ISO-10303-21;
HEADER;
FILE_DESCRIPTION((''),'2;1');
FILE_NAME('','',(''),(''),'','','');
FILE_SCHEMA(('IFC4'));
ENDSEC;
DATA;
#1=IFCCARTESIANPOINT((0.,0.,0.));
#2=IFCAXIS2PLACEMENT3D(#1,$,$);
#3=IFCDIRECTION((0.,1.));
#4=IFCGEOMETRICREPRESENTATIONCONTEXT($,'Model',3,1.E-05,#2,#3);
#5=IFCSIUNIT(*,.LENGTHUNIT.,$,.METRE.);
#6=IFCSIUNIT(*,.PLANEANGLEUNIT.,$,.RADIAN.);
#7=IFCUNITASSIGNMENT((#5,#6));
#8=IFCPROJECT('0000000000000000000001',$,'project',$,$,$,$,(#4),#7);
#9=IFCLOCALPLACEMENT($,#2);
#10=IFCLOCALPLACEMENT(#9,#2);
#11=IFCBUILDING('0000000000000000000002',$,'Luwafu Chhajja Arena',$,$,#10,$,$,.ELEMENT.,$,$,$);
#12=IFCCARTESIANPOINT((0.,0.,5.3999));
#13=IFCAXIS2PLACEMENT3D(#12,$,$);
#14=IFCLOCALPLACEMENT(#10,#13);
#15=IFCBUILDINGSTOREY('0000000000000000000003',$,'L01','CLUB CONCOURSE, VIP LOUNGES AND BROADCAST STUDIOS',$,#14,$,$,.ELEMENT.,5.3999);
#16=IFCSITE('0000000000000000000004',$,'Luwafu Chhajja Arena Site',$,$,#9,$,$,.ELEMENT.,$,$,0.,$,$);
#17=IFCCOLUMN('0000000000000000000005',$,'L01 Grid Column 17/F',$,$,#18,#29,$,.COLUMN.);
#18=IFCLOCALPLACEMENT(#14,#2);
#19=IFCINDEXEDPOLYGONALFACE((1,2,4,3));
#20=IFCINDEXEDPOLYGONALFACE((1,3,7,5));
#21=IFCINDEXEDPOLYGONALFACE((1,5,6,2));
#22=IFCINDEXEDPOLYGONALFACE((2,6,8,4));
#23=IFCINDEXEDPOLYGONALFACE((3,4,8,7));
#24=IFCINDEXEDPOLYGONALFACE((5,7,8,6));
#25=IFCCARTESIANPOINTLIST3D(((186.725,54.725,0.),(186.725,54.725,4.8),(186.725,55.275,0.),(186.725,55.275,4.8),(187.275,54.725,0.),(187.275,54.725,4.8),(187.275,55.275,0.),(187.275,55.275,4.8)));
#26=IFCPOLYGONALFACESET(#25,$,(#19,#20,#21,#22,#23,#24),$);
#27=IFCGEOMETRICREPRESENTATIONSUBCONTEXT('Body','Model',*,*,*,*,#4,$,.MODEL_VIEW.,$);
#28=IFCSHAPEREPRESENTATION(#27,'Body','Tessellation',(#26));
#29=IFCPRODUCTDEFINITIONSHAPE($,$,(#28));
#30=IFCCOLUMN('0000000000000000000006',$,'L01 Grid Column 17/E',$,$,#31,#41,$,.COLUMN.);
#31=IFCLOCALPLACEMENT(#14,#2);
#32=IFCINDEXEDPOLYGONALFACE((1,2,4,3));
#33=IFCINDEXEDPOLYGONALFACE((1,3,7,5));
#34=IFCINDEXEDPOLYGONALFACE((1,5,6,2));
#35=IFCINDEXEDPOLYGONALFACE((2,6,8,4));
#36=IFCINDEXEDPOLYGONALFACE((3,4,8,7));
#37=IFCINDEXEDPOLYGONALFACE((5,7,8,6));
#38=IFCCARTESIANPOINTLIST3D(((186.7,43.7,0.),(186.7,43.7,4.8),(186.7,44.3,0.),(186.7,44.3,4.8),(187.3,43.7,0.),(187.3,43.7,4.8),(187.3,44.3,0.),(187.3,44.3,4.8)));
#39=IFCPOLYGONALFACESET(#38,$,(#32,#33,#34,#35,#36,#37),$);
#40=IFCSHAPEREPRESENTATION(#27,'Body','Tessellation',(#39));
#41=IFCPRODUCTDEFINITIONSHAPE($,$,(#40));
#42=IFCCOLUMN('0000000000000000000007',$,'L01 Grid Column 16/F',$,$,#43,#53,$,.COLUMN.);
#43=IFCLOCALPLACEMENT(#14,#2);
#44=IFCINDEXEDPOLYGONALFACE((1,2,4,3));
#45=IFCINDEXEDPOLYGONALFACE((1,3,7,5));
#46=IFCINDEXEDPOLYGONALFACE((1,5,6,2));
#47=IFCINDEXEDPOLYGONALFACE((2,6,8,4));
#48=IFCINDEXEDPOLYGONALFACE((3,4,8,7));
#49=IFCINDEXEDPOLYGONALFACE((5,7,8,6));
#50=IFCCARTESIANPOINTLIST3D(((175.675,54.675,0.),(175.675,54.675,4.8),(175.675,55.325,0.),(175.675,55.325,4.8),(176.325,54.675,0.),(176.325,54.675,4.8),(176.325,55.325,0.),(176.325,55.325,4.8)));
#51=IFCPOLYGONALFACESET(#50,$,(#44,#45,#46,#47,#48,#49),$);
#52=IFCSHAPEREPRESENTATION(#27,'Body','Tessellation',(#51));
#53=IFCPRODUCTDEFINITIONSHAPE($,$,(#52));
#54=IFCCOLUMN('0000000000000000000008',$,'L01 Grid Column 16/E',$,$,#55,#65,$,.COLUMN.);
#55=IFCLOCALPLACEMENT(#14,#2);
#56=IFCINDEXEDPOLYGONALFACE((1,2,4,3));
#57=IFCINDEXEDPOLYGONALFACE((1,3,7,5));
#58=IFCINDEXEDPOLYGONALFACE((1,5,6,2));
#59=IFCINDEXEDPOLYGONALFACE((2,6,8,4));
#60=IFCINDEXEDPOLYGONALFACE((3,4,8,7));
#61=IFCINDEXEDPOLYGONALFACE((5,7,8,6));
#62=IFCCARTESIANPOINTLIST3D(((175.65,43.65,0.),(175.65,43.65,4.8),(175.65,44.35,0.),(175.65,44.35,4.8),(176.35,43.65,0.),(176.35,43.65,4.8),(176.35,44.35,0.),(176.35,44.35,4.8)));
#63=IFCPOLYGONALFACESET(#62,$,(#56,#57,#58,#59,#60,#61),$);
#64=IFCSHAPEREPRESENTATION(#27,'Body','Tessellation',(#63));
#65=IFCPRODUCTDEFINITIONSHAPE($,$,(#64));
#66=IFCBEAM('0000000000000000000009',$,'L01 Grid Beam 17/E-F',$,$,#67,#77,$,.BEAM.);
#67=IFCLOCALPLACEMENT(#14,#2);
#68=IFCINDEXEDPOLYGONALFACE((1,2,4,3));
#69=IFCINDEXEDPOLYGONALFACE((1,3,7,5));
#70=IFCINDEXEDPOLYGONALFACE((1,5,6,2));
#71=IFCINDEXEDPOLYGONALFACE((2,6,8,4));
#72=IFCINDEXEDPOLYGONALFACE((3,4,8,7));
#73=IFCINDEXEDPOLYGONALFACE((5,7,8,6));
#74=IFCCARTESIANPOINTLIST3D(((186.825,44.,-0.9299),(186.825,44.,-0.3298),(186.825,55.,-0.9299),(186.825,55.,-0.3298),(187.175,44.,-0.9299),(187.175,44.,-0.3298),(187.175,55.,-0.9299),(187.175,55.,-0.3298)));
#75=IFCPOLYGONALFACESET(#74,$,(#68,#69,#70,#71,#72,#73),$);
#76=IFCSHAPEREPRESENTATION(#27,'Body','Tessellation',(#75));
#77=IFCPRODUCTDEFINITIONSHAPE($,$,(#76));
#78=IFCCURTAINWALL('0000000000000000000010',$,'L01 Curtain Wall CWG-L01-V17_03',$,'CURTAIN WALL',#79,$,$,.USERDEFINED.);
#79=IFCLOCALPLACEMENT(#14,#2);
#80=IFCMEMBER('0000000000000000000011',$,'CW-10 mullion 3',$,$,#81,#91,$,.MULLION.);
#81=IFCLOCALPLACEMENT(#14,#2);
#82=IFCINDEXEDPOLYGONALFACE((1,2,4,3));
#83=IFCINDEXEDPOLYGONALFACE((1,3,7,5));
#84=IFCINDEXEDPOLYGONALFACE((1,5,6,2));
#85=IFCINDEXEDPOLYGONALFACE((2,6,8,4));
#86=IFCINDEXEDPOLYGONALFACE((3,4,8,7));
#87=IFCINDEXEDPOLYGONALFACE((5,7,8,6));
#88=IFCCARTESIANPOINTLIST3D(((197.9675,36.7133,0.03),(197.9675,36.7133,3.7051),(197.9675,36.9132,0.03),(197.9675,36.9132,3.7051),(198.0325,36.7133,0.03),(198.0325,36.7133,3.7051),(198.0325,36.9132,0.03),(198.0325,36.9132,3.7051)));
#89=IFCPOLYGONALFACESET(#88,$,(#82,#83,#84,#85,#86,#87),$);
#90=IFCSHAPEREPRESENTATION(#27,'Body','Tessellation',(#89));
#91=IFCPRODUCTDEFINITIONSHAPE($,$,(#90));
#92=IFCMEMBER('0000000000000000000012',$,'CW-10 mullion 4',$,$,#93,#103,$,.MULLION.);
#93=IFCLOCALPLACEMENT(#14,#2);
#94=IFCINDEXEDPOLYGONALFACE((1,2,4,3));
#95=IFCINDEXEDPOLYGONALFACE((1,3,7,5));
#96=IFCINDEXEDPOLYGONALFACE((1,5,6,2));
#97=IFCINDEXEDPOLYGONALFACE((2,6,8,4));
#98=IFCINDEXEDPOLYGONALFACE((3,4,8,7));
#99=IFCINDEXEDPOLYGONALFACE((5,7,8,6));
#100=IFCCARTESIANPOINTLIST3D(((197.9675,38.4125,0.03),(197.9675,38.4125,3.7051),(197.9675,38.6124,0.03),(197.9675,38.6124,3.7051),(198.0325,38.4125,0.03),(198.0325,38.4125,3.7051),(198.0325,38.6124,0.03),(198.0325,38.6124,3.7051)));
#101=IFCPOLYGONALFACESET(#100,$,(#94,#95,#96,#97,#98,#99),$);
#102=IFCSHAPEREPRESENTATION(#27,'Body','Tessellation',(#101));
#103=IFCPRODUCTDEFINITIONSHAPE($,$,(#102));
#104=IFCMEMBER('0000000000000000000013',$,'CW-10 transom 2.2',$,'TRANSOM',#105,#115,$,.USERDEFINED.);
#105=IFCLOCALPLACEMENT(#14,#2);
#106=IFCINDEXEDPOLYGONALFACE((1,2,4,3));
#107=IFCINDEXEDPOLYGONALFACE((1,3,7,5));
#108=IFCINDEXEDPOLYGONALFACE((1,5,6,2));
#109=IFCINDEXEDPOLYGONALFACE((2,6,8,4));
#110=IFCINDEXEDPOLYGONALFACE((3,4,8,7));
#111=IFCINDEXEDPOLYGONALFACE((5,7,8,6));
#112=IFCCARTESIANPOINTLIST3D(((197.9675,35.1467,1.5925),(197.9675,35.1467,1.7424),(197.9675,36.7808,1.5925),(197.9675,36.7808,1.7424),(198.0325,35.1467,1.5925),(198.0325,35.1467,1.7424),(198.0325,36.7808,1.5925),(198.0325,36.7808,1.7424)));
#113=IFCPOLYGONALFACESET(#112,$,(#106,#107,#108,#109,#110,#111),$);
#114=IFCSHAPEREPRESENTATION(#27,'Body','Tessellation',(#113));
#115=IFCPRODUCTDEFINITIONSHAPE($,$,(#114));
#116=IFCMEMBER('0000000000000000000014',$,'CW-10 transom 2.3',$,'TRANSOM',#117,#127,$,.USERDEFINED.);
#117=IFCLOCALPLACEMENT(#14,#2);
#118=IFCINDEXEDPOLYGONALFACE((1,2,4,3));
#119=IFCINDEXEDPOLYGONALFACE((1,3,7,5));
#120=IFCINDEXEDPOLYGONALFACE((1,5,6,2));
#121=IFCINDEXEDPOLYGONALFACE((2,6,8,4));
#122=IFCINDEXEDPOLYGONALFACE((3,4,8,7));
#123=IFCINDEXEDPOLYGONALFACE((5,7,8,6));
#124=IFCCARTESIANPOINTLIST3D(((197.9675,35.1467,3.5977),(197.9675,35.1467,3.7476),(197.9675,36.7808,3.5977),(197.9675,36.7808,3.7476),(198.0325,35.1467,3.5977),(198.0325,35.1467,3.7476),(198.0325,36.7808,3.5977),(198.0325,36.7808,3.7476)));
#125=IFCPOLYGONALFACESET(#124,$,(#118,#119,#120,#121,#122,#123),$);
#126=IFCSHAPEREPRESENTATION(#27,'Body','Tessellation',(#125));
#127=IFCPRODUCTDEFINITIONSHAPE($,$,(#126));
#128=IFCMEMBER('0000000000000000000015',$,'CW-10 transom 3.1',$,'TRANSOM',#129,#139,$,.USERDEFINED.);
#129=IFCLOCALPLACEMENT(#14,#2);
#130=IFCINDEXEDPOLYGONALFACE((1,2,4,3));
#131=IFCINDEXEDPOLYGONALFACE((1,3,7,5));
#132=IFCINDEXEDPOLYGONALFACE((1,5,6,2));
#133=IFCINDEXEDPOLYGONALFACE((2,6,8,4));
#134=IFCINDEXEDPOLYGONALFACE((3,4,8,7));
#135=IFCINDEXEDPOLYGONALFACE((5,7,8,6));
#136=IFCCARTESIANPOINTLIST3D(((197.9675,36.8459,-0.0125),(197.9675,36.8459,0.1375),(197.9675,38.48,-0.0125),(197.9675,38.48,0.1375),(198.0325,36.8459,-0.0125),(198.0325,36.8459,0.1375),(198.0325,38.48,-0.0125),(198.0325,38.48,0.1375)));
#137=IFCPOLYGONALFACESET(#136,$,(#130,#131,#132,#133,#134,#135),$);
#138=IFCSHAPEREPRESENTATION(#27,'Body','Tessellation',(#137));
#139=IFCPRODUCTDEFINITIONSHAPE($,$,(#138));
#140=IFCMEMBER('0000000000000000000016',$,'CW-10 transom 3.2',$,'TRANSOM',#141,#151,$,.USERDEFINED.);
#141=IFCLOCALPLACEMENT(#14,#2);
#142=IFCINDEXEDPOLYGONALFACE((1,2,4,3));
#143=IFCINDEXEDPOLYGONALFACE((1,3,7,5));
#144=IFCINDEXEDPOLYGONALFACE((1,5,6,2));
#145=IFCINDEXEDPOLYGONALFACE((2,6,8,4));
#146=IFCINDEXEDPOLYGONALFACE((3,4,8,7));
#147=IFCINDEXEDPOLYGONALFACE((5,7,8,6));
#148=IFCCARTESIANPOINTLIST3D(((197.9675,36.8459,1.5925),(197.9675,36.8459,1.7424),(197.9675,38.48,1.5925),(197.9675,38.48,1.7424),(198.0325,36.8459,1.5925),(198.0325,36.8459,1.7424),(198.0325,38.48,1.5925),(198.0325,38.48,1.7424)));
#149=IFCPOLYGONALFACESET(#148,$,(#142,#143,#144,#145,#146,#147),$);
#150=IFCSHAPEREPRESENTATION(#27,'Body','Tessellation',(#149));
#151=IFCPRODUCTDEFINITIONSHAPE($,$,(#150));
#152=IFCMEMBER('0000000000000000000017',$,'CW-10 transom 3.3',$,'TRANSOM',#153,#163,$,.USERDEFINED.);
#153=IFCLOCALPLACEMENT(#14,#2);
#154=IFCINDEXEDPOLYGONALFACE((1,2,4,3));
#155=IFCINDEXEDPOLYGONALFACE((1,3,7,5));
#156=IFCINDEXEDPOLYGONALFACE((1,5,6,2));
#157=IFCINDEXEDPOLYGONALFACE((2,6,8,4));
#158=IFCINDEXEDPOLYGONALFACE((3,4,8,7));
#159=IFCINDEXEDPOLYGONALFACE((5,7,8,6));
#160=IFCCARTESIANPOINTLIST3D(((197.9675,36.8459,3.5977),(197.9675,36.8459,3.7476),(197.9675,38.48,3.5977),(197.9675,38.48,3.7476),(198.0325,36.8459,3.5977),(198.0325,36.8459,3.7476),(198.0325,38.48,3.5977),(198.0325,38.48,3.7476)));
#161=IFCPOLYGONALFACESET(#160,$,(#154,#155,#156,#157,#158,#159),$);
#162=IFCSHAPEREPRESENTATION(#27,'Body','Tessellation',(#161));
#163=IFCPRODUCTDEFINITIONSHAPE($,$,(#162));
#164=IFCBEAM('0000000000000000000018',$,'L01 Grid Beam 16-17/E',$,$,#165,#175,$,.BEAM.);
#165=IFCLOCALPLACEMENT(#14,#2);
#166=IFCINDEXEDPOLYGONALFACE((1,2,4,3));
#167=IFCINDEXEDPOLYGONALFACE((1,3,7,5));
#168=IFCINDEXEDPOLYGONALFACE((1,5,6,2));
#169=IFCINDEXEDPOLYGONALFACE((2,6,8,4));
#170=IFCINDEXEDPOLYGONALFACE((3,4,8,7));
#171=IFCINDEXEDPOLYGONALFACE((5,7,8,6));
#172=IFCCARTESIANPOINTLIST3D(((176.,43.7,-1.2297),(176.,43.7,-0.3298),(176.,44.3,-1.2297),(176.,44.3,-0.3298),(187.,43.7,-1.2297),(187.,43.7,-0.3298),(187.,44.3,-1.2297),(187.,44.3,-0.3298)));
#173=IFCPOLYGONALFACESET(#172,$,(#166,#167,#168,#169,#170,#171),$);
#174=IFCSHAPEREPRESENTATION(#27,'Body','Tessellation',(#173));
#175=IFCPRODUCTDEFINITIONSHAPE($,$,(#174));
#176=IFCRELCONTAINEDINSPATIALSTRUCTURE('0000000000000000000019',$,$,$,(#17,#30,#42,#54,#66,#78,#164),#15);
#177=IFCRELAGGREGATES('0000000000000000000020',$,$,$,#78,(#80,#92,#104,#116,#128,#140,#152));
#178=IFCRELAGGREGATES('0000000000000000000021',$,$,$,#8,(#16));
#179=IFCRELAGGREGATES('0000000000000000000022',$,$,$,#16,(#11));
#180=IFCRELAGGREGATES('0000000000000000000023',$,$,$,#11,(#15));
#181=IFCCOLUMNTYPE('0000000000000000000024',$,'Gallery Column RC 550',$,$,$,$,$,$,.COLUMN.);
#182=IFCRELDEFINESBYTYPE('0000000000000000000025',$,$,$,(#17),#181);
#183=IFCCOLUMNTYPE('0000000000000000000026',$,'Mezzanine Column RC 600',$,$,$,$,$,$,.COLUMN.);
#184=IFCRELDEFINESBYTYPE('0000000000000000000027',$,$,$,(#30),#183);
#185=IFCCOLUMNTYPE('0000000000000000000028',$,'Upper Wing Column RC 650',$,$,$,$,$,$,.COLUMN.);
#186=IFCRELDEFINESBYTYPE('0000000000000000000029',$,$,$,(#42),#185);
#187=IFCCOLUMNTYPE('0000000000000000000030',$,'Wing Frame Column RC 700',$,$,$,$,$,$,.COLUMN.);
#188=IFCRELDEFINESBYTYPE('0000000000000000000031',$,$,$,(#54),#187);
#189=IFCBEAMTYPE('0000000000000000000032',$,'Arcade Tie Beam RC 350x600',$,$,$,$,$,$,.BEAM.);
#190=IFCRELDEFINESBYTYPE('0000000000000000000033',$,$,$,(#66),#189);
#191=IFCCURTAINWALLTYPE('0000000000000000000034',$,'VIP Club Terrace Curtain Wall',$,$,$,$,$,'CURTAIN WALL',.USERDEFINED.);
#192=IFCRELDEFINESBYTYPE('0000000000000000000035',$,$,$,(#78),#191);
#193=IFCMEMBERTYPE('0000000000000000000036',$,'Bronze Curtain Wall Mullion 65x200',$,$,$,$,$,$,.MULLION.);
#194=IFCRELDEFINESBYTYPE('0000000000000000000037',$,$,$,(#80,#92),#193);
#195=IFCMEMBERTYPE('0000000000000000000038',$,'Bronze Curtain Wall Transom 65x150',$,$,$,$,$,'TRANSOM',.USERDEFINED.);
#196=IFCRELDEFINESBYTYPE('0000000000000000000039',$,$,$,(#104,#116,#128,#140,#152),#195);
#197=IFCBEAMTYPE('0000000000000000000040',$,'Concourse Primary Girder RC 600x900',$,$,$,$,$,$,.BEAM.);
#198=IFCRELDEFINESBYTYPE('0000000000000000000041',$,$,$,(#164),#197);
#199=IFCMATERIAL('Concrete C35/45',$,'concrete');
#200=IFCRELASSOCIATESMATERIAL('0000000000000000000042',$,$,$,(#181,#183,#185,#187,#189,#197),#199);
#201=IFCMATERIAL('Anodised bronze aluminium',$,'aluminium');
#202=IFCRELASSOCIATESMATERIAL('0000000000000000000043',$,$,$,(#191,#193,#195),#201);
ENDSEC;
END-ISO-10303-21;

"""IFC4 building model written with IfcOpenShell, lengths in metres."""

from ifc_helpers import new_model, si_unit, direction, frame, origin, origin_2d, place, context, subcontext, project, spatial, rectangle, extrude, material, material_profile, profile_set, type_object, element, aggregate, save


model = new_model("IFC4")

# Units and contexts
model_context = context("Model", 3, precision=1e-05, world=origin(), true_north=direction((0.0, 1.0)))
body_context = subcontext(model_context, "Body", "Model", "MODEL_VIEW")
ifc_project = project(units=[si_unit("LENGTHUNIT", "METRE"), si_unit("PLANEANGLEUNIT", "RADIAN")], contexts=[model_context])

# Site, building, storey
site_placement = place(None, origin())
site = spatial("IfcSite", under=ifc_project, at=site_placement, Name="Luwafu Chhajja Arena Site", CompositionType="ELEMENT", RefElevation=0.0)
building_placement = place(site_placement, origin())
building = spatial("IfcBuilding", under=site, at=building_placement, Name="Luwafu Chhajja Arena", CompositionType="ELEMENT")
storey_placement = place(building_placement, frame((0.0, 0.0, 5.3999)))
storey = spatial("IfcBuildingStorey", under=building, at=storey_placement, Name="L01", Description="CLUB CONCOURSE, VIP LOUNGES AND BROADCAST STUDIOS", CompositionType="ELEMENT", Elevation=5.3999)

# Columns
ifc_material_1 = material(Name="Concrete C35/45", Category="concrete")
ifc_material_profile_1 = material_profile(ifc_material_1, rectangle(XDim=0.55, YDim=0.55, at=origin_2d()), Name="RC 550x550")
ifc_profile_set_1 = profile_set([ifc_material_profile_1], Name="Concrete C35/45")
column_type_1 = type_object("IfcColumnType", Name="Gallery Column RC 550", PredefinedType="COLUMN", material=ifc_profile_set_1)
column_1_placement = place(storey_placement, frame((187.0, 55.0, 0.0), z_axis=(0.0, 0.0, 1.0), x_axis=(1.0, 0.0, 0.0)))
element("IfcColumn", 1, at=column_1_placement, inside=storey, type_object=column_type_1, Name="L01 Grid Column 17/F", PredefinedType="COLUMN", context=body_context, shape_type="SweptSolid", body=[
    extrude(rectangle(XDim=0.55, YDim=0.55, at=origin_2d()), origin(), (0.0, 0.0, 1.0), 4.8),
])
ifc_material_profile_2 = material_profile(ifc_material_1, rectangle(XDim=0.6001, YDim=0.6001, at=origin_2d()), Name="RC 600x600")
ifc_profile_set_2 = profile_set([ifc_material_profile_2], Name="Concrete C35/45")
column_type_2 = type_object("IfcColumnType", Name="Mezzanine Column RC 600", PredefinedType="COLUMN", material=ifc_profile_set_2)
column_2_placement = place(storey_placement, frame((187.0, 44.0, 0.0), z_axis=(0.0, 0.0, 1.0), x_axis=(1.0, 0.0, 0.0)))
element("IfcColumn", 2, at=column_2_placement, inside=storey, type_object=column_type_2, Name="L01 Grid Column 17/E", PredefinedType="COLUMN", context=body_context, shape_type="SweptSolid", body=[
    extrude(rectangle(XDim=0.6001, YDim=0.6001, at=origin_2d()), origin(), (0.0, 0.0, 1.0), 4.8),
])
ifc_material_profile_3 = material_profile(ifc_material_1, rectangle(XDim=0.6499, YDim=0.6499, at=origin_2d()), Name="RC 650x650")
ifc_profile_set_3 = profile_set([ifc_material_profile_3], Name="Concrete C35/45")
column_type_3 = type_object("IfcColumnType", Name="Upper Wing Column RC 650", PredefinedType="COLUMN", material=ifc_profile_set_3)
column_3_placement = place(storey_placement, frame((176.0, 55.0, 0.0), z_axis=(0.0, 0.0, 1.0), x_axis=(1.0, 0.0, 0.0)))
element("IfcColumn", 3, at=column_3_placement, inside=storey, type_object=column_type_3, Name="L01 Grid Column 16/F", PredefinedType="COLUMN", context=body_context, shape_type="SweptSolid", body=[
    extrude(rectangle(XDim=0.6499, YDim=0.6499, at=origin_2d()), origin(), (0.0, 0.0, 1.0), 4.8),
])
ifc_material_profile_4 = material_profile(ifc_material_1, rectangle(XDim=0.7, YDim=0.7, at=origin_2d()), Name="RC 700x700")
ifc_profile_set_4 = profile_set([ifc_material_profile_4], Name="Concrete C35/45")
column_type_4 = type_object("IfcColumnType", Name="Wing Frame Column RC 700", PredefinedType="COLUMN", material=ifc_profile_set_4)
column_4_placement = place(storey_placement, frame((176.0, 44.0, 0.0), z_axis=(0.0, 0.0, 1.0), x_axis=(1.0, 0.0, 0.0)))
element("IfcColumn", 4, at=column_4_placement, inside=storey, type_object=column_type_4, Name="L01 Grid Column 16/E", PredefinedType="COLUMN", context=body_context, shape_type="SweptSolid", body=[
    extrude(rectangle(XDim=0.7, YDim=0.7, at=origin_2d()), origin(), (0.0, 0.0, 1.0), 4.8),
])

# Beam
ifc_material_profile_5 = material_profile(ifc_material_1, rectangle(XDim=0.3501, YDim=0.6001, at=origin_2d()), Name="RC 350x600")
ifc_profile_set_5 = profile_set([ifc_material_profile_5], Name="Concrete C35/45")
beam_type_1 = type_object("IfcBeamType", Name="Arcade Tie Beam RC 350x600", PredefinedType="BEAM", material=ifc_profile_set_5)
beam_1_placement = place(storey_placement, frame((187.0, 44.0, -0.6299), z_axis=(0.0, 1.0, 0.0), x_axis=(-1.0, 0.0, 0.0)))
element("IfcBeam", 5, at=beam_1_placement, inside=storey, type_object=beam_type_1, Name="L01 Grid Beam 17/E-F", PredefinedType="BEAM", context=body_context, shape_type="SweptSolid", body=[
    extrude(rectangle(XDim=0.3501, YDim=0.6001, at=origin_2d()), origin(), (0.0, 0.0, 1.0), 11.0),
])

# Curtain wall, members
ifc_material_2 = material(Name="Anodised bronze aluminium", Category="aluminium")
curtain_wall_type = type_object("IfcCurtainWallType", Name="VIP Club Terrace Curtain Wall", ElementType="CURTAIN WALL", PredefinedType="USERDEFINED", material=ifc_material_2)
curtain_wall_placement = place(storey_placement, origin())
curtain_wall = element("IfcCurtainWall", 6, at=curtain_wall_placement, inside=storey, type_object=curtain_wall_type, Name="L01 Curtain Wall CWG-L01-V17_03", ObjectType="CURTAIN WALL", PredefinedType="USERDEFINED")
ifc_material_profile_6 = material_profile(ifc_material_2, rectangle(XDim=0.0649, YDim=0.2, at=origin_2d()), Name="CWM 65x200")
ifc_profile_set_6 = profile_set([ifc_material_profile_6], Name="Anodised bronze aluminium")
member_type_1 = type_object("IfcMemberType", Name="Bronze Curtain Wall Mullion 65x200", PredefinedType="MULLION", material=ifc_profile_set_6)
member_1_placement = place(storey_placement, frame((198.0, 36.8132, 0.03), z_axis=(0.0, 0.0, 1.0), x_axis=(-1.0, 0.0, 0.0)))
member_1 = element("IfcMember", 7, at=member_1_placement, type_object=member_type_1, Name="CW-10 mullion 3", PredefinedType="MULLION", context=body_context, shape_type="SweptSolid", body=[
    extrude(rectangle(XDim=0.0649, YDim=0.2, at=origin_2d()), origin(), (0.0, 0.0, 1.0), 3.675),
])
member_2_placement = place(storey_placement, frame((198.0, 38.5125, 0.03), z_axis=(0.0, 0.0, 1.0), x_axis=(-1.0, 0.0, 0.0)))
member_2 = element("IfcMember", 8, at=member_2_placement, type_object=member_type_1, Name="CW-10 mullion 4", PredefinedType="MULLION", context=body_context, shape_type="SweptSolid", body=[
    extrude(rectangle(XDim=0.0649, YDim=0.2, at=origin_2d()), origin(), (0.0, 0.0, 1.0), 3.675),
])
ifc_material_profile_7 = material_profile(ifc_material_2, rectangle(XDim=0.0649, YDim=0.1499, at=origin_2d()), Name="CWT 65x150")
ifc_profile_set_7 = profile_set([ifc_material_profile_7], Name="Anodised bronze aluminium")
member_type_2 = type_object("IfcMemberType", Name="Bronze Curtain Wall Transom 65x150", ElementType="TRANSOM", PredefinedType="USERDEFINED", material=ifc_profile_set_7)
member_3_placement = place(storey_placement, frame((198.0, 35.1467, 1.6675), z_axis=(0.0, 1.0, 0.0), x_axis=(-1.0, 0.0, 0.0)))
member_3 = element("IfcMember", 9, at=member_3_placement, type_object=member_type_2, Name="CW-10 transom 2.2", ObjectType="TRANSOM", PredefinedType="USERDEFINED", context=body_context, shape_type="SweptSolid", body=[
    extrude(rectangle(XDim=0.0649, YDim=0.1499, at=origin_2d()), origin(), (0.0, 0.0, 1.0), 1.634),
])
member_4_placement = place(storey_placement, frame((198.0, 35.1467, 3.6726), z_axis=(0.0, 1.0, 0.0), x_axis=(-1.0, 0.0, 0.0)))
member_4 = element("IfcMember", 10, at=member_4_placement, type_object=member_type_2, Name="CW-10 transom 2.3", ObjectType="TRANSOM", PredefinedType="USERDEFINED", context=body_context, shape_type="SweptSolid", body=[
    extrude(rectangle(XDim=0.0649, YDim=0.1499, at=origin_2d()), origin(), (0.0, 0.0, 1.0), 1.634),
])
member_5_placement = place(storey_placement, frame((198.0, 36.8459, 0.0625), z_axis=(0.0, 1.0, 0.0), x_axis=(-1.0, 0.0, 0.0)))
member_5 = element("IfcMember", 11, at=member_5_placement, type_object=member_type_2, Name="CW-10 transom 3.1", ObjectType="TRANSOM", PredefinedType="USERDEFINED", context=body_context, shape_type="SweptSolid", body=[
    extrude(rectangle(XDim=0.0649, YDim=0.1499, at=origin_2d()), origin(), (0.0, 0.0, 1.0), 1.634),
])
member_6_placement = place(storey_placement, frame((198.0, 36.8459, 1.6675), z_axis=(0.0, 1.0, 0.0), x_axis=(-1.0, 0.0, 0.0)))
member_6 = element("IfcMember", 12, at=member_6_placement, type_object=member_type_2, Name="CW-10 transom 3.2", ObjectType="TRANSOM", PredefinedType="USERDEFINED", context=body_context, shape_type="SweptSolid", body=[
    extrude(rectangle(XDim=0.0649, YDim=0.1499, at=origin_2d()), origin(), (0.0, 0.0, 1.0), 1.634),
])
member_7_placement = place(storey_placement, frame((198.0, 36.8459, 3.6726), z_axis=(0.0, 1.0, 0.0), x_axis=(-1.0, 0.0, 0.0)))
member_7 = element("IfcMember", 13, at=member_7_placement, type_object=member_type_2, Name="CW-10 transom 3.3", ObjectType="TRANSOM", PredefinedType="USERDEFINED", context=body_context, shape_type="SweptSolid", body=[
    extrude(rectangle(XDim=0.0649, YDim=0.1499, at=origin_2d()), origin(), (0.0, 0.0, 1.0), 1.634),
])

# Beam
ifc_material_profile_8 = material_profile(ifc_material_1, rectangle(XDim=0.6001, YDim=0.8999, at=origin_2d()), Name="RC 600x900")
ifc_profile_set_8 = profile_set([ifc_material_profile_8], Name="Concrete C35/45")
beam_type_2 = type_object("IfcBeamType", Name="Concourse Primary Girder RC 600x900", PredefinedType="BEAM", material=ifc_profile_set_8)
beam_2_placement = place(storey_placement, frame((176.0, 44.0, -0.7798), z_axis=(1.0, 0.0, 0.0), x_axis=(0.0, 1.0, 0.0)))
element("IfcBeam", 14, at=beam_2_placement, inside=storey, type_object=beam_type_2, Name="L01 Grid Beam 16-17/E", PredefinedType="BEAM", context=body_context, shape_type="SweptSolid", body=[
    extrude(rectangle(XDim=0.6001, YDim=0.8999, at=origin_2d()), origin(), (0.0, 0.0, 1.0), 11.0),
])

aggregate(curtain_wall, [member_1, member_2, member_3, member_4, member_5, member_6, member_7])

save(model, "model.ifc")
